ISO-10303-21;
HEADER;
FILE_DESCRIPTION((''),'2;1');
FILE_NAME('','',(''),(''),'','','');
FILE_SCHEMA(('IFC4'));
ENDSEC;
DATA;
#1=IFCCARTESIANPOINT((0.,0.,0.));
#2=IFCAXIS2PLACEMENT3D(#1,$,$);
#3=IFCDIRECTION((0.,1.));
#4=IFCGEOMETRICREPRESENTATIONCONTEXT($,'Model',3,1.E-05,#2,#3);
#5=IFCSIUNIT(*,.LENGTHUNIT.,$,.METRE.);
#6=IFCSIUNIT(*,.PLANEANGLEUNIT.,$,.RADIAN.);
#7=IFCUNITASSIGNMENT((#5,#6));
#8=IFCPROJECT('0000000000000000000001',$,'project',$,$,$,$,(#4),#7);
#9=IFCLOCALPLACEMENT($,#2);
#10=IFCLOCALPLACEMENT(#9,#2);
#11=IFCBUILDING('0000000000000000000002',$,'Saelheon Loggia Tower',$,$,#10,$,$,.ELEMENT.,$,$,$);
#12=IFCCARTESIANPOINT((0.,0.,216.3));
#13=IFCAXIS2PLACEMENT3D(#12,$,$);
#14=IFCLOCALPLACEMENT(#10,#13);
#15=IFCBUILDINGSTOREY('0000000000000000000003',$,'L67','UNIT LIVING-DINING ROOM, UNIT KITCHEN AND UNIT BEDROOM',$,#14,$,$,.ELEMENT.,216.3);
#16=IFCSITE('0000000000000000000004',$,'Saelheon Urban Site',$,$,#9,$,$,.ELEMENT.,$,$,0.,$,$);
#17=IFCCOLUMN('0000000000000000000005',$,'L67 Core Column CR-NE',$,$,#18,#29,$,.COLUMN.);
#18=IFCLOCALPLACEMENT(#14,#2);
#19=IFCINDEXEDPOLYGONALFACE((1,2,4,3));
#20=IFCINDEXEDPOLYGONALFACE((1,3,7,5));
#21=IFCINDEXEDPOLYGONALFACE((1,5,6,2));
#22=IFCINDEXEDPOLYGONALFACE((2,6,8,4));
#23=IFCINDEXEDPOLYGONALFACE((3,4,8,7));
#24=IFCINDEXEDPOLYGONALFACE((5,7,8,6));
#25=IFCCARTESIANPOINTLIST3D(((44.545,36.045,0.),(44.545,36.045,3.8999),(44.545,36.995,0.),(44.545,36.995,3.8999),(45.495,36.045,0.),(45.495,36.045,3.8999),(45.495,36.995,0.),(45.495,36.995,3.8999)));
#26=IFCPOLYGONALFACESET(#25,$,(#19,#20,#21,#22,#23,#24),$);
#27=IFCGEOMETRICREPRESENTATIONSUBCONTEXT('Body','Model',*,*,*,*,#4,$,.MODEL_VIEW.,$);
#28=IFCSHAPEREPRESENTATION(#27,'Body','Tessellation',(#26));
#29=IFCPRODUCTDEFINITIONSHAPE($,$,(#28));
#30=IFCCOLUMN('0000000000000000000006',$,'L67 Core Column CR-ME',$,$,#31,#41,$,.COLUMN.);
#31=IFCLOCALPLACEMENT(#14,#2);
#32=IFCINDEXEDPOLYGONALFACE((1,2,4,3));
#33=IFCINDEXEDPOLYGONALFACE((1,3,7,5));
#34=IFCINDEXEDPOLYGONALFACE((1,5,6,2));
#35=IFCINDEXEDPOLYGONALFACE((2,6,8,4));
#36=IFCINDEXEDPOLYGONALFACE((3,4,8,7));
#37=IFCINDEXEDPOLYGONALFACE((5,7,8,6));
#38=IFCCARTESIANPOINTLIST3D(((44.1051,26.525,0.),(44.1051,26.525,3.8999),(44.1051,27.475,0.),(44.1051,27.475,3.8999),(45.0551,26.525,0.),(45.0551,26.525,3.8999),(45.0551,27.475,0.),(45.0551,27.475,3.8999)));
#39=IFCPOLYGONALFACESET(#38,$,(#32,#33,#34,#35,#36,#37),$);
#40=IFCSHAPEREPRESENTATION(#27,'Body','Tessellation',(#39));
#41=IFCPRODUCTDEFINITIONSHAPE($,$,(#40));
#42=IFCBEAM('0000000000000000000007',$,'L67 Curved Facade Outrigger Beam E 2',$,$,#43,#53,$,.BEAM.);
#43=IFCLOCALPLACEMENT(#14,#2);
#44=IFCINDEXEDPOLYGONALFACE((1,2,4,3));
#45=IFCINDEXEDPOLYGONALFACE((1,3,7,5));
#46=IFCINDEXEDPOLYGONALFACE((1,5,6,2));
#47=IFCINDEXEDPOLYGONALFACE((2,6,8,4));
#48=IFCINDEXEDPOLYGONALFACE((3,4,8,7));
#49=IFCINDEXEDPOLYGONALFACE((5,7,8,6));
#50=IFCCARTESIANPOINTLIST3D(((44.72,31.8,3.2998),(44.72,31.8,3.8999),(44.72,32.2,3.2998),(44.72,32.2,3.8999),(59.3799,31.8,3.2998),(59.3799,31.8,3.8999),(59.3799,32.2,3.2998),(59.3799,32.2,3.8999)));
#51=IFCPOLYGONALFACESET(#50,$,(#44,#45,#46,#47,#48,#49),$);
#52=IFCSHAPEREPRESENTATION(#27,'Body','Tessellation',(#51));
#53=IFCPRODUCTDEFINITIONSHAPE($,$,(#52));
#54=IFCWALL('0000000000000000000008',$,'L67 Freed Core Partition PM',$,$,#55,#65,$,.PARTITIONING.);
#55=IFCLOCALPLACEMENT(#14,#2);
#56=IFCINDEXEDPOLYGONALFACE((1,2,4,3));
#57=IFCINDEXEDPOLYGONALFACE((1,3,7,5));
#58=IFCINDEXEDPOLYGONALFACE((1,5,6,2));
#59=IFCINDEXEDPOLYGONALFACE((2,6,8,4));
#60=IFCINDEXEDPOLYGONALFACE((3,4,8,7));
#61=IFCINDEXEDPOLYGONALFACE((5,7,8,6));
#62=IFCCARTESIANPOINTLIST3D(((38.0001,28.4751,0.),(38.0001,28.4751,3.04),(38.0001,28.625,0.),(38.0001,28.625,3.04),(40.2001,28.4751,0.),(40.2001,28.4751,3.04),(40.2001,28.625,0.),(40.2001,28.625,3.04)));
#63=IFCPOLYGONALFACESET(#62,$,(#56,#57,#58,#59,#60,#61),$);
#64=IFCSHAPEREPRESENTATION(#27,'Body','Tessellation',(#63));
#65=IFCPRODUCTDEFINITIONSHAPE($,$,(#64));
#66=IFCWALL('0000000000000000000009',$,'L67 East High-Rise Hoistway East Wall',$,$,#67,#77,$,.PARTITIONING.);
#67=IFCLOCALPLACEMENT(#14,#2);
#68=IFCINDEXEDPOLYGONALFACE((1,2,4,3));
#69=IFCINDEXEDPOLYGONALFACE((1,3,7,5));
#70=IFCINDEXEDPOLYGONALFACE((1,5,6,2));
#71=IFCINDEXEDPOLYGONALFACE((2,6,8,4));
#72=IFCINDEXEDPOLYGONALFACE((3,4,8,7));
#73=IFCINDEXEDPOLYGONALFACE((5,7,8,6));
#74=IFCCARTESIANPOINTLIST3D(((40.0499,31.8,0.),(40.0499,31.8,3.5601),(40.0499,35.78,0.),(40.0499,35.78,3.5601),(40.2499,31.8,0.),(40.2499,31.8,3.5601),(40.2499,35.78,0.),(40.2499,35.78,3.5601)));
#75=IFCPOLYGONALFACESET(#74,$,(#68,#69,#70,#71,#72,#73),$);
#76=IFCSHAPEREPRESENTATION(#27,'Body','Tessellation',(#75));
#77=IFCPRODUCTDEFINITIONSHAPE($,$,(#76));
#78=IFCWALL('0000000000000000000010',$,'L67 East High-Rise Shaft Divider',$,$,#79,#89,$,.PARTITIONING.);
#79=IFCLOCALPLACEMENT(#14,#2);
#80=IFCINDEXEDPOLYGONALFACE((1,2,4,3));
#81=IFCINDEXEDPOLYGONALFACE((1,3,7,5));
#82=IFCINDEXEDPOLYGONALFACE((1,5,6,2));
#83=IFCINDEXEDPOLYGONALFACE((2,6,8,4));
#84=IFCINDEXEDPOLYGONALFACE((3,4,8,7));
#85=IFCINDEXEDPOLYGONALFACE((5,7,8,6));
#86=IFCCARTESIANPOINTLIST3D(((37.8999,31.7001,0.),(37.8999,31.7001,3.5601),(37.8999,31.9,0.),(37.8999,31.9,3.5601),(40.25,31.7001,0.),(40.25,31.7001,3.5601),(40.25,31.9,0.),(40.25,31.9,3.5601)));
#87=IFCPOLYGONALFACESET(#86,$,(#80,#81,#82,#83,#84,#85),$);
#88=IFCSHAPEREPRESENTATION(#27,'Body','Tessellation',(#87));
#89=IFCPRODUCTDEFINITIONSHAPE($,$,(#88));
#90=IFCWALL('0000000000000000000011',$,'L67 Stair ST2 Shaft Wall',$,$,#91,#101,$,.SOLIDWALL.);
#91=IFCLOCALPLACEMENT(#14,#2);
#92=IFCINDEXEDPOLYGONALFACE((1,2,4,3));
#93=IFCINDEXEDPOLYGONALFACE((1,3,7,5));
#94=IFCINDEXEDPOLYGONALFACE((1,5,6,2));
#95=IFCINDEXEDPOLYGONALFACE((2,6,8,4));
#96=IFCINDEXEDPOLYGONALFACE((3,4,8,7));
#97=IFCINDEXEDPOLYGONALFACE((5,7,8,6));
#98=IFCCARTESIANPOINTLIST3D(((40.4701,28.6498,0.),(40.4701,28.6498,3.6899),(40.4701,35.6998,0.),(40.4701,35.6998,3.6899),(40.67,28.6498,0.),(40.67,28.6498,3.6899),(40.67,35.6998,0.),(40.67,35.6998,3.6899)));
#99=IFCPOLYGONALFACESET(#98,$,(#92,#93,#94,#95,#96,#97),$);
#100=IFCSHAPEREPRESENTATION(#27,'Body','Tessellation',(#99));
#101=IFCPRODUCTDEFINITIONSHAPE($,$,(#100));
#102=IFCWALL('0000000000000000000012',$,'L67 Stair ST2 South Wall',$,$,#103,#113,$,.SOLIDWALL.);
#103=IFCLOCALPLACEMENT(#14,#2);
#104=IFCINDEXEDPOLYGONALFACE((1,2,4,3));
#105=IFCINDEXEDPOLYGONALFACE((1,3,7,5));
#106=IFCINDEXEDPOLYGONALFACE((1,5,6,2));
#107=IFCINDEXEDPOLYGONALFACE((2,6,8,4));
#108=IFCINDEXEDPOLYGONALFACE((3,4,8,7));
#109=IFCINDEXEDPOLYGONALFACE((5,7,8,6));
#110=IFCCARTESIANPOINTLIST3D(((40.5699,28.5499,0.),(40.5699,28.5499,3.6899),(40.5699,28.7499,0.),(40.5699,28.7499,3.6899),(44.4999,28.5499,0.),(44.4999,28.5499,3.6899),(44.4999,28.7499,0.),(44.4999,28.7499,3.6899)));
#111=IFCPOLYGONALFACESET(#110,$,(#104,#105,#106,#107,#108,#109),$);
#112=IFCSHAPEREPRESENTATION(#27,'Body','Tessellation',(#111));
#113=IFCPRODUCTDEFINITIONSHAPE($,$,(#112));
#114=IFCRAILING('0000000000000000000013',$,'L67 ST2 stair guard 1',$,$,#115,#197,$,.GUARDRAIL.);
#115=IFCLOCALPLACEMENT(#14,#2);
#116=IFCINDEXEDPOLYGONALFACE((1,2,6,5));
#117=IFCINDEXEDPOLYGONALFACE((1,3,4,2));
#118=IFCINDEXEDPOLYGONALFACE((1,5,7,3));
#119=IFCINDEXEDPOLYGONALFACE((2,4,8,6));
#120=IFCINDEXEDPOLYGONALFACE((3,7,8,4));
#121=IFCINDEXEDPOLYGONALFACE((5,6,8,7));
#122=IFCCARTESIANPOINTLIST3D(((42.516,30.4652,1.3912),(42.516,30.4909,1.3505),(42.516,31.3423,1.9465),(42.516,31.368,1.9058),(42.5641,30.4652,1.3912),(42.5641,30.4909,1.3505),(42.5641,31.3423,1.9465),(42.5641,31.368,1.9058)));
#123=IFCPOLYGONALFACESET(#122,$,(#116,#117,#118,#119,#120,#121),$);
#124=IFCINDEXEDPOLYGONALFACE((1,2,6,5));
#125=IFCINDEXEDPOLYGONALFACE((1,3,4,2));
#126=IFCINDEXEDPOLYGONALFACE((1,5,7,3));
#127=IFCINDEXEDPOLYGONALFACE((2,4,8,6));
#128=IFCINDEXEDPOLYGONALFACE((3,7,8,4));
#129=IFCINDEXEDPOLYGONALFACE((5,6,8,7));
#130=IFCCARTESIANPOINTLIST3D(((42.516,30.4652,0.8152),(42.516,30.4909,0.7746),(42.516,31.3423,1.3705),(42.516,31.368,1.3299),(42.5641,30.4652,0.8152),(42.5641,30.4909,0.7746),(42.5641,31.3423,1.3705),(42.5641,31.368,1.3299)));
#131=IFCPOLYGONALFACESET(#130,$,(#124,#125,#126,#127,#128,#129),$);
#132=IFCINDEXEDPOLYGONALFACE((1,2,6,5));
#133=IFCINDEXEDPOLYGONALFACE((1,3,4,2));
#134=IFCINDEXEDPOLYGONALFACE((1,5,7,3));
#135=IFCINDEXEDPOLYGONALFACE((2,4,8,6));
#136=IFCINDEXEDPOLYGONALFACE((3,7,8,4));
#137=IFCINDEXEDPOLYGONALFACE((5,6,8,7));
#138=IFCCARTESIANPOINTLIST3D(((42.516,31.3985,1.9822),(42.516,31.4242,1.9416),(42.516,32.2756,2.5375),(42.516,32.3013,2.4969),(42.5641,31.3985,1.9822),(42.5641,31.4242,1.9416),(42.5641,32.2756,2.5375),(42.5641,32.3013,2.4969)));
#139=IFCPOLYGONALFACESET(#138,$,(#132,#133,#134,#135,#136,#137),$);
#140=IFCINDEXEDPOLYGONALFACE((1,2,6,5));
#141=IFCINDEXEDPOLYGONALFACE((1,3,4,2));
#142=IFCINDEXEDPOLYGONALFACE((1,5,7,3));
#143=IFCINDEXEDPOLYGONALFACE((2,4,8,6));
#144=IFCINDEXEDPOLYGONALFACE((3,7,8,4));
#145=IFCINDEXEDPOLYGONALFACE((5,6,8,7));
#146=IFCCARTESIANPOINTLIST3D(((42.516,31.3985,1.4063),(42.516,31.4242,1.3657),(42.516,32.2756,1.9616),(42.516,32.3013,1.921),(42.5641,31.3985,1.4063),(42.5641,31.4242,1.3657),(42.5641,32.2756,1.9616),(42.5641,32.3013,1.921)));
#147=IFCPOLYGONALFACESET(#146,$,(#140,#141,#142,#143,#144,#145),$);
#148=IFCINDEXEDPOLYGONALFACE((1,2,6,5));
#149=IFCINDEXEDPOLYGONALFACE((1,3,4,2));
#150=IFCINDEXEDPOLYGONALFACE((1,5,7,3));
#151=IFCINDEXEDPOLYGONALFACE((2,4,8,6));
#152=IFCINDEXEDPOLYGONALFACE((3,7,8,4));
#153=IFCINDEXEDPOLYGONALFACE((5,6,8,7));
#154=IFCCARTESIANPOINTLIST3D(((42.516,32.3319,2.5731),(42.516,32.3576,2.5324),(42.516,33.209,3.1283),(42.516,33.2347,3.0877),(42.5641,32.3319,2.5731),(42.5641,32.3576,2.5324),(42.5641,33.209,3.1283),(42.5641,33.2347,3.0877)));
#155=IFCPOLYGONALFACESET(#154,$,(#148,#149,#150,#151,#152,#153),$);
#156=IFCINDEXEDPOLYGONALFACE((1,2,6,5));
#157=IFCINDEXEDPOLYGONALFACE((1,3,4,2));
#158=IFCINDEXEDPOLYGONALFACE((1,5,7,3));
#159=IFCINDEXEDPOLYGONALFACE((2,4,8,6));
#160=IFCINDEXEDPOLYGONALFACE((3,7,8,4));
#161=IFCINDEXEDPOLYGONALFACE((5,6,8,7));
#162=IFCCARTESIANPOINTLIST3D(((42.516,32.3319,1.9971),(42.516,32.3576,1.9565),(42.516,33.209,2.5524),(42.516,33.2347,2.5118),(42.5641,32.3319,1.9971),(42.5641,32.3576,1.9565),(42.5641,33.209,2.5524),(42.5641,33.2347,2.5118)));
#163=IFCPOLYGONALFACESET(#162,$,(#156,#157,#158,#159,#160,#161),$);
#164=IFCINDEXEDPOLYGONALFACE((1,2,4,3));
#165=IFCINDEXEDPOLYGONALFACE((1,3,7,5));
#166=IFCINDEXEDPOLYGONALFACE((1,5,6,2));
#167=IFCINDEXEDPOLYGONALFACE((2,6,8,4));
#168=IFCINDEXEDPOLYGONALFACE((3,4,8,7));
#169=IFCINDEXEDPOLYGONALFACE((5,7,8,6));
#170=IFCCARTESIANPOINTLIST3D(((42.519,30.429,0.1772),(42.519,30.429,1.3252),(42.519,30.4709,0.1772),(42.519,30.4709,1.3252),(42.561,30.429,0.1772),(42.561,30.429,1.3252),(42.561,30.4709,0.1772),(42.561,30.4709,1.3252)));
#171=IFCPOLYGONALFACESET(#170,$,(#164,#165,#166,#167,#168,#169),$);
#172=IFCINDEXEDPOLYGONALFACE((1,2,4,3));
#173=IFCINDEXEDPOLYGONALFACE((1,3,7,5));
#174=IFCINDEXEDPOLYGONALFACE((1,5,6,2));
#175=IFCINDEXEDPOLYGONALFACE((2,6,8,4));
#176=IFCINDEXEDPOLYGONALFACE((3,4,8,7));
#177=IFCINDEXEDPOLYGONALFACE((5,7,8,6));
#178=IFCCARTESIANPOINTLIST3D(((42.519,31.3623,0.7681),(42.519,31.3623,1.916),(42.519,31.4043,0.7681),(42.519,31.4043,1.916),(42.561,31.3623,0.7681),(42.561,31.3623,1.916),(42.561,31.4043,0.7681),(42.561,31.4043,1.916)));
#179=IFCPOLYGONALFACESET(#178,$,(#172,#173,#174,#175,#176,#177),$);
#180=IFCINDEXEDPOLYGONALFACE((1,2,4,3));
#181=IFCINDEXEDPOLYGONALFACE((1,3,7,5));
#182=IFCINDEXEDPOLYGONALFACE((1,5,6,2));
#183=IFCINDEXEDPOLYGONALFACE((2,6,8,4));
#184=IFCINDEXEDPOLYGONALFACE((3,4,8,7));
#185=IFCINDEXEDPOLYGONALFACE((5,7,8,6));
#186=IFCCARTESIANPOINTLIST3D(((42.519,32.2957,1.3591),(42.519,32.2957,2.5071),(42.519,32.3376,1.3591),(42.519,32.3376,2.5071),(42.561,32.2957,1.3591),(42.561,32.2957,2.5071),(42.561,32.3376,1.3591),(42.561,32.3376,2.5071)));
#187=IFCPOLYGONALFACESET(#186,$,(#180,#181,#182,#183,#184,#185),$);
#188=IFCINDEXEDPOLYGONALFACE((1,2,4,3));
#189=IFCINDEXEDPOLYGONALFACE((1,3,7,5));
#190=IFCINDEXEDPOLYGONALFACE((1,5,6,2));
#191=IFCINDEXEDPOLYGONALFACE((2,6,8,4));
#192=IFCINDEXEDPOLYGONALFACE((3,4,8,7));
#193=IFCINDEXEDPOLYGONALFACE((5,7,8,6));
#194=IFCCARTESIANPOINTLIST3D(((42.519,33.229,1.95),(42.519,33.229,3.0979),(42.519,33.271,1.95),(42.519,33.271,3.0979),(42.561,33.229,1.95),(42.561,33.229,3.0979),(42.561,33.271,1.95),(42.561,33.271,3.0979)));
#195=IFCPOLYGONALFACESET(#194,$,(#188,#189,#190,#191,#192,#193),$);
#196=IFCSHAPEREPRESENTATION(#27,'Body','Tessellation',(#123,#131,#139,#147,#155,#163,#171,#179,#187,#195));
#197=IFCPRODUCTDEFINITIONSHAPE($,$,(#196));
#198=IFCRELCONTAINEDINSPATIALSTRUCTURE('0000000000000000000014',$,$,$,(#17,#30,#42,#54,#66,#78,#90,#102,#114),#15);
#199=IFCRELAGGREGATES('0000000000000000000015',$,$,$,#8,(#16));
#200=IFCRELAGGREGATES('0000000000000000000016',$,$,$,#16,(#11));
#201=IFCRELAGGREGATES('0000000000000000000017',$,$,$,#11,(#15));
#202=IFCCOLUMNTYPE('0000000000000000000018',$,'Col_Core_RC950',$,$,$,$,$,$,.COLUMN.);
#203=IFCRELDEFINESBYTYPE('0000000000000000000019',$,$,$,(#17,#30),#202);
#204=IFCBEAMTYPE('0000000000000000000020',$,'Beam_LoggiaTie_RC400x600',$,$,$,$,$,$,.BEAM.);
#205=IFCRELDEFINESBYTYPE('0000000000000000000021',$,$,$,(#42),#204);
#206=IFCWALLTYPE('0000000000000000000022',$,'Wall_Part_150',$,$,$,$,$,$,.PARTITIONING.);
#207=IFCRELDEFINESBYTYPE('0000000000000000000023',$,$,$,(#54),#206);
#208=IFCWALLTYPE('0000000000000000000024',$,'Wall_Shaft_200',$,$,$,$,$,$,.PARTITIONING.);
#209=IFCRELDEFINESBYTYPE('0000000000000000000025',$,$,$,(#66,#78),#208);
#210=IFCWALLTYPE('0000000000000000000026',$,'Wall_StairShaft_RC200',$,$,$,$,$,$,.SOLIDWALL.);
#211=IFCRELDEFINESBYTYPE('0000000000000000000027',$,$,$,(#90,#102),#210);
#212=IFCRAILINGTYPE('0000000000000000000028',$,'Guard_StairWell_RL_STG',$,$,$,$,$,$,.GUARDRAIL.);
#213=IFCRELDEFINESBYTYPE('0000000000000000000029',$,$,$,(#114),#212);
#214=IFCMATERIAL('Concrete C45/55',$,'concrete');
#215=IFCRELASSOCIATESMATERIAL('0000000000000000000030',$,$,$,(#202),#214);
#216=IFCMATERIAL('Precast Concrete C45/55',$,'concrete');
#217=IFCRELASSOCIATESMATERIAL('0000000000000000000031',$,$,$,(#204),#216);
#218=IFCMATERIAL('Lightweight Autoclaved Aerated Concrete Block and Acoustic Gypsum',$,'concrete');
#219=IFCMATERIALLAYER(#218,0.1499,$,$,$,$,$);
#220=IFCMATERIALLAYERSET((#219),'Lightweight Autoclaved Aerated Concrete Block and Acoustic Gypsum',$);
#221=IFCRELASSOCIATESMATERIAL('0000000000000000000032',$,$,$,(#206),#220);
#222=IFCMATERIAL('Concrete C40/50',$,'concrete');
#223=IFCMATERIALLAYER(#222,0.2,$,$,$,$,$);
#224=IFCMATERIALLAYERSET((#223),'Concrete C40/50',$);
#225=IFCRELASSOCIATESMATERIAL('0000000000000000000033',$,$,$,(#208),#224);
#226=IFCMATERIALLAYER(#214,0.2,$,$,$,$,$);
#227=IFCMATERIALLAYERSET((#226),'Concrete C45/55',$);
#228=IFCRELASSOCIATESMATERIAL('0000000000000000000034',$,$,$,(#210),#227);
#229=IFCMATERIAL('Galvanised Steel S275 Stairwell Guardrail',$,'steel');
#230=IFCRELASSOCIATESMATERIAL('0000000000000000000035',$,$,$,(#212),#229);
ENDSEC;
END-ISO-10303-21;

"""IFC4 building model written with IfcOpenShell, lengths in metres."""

from ifc_helpers import new_model, si_unit, direction, frame, frame_2d, origin, origin_2d, place, context, subcontext, project, spatial, rectangle, extrude, source, transform, mapped, material, layer, layer_set, material_profile, profile_set, type_object, element, save


model = new_model("IFC4")

# Units and contexts
model_context = context("Model", 3, precision=1e-05, world=origin(), true_north=direction((0.0, 1.0)))
body_context = subcontext(model_context, "Body", "Model", "MODEL_VIEW")
ifc_project = project(units=[si_unit("LENGTHUNIT", "METRE"), si_unit("PLANEANGLEUNIT", "RADIAN")], contexts=[model_context])

# Site, building, storey
site_placement = place(None, origin())
site = spatial("IfcSite", under=ifc_project, at=site_placement, Name="Saelheon Urban Site", CompositionType="ELEMENT", RefElevation=0.0)
building_placement = place(site_placement, origin())
building = spatial("IfcBuilding", under=site, at=building_placement, Name="Saelheon Loggia Tower", CompositionType="ELEMENT")
storey_placement = place(building_placement, frame((0.0, 0.0, 216.3)))
storey = spatial("IfcBuildingStorey", under=building, at=storey_placement, Name="L67", Description="UNIT LIVING-DINING ROOM, UNIT KITCHEN AND UNIT BEDROOM", CompositionType="ELEMENT", Elevation=216.3)

# Columns
ifc_material_1 = material(Name="Concrete C45/55", Category="concrete")
ifc_material_profile_1 = material_profile(ifc_material_1, rectangle(XDim=0.95, YDim=0.95, at=origin_2d()), Name="RC-950x950")
ifc_profile_set_1 = profile_set([ifc_material_profile_1], Name="Concrete C45/55")
column_type = type_object("IfcColumnType", Name="Col_Core_RC950", PredefinedType="COLUMN", material=ifc_profile_set_1)
shared_shape_1 = source(origin(), body_context, "Body", "SweptSolid", [
    extrude(rectangle(XDim=0.95, YDim=0.95, at=origin_2d()), origin(), (0.0, 0.0, 1.0), 3.8999),
])
for number, where, z_axis, x_axis, name in (
    (1, (45.02, 36.52, 0.0), (0.0, 0.0, 1.0), (1.0, 0.0, 0.0), "L67 Core Column CR-NE"),
    (2, (44.5801, 27.0, 0.0), (0.0, 0.0, 1.0), (1.0, 0.0, 0.0), "L67 Core Column CR-ME"),
):
    element("IfcColumn", number, at=place(storey_placement, frame(where, z_axis=z_axis, x_axis=x_axis)), inside=storey, type_object=column_type, Name=name, PredefinedType="COLUMN", context=body_context, shape_type="MappedRepresentation", body=[
        mapped(shared_shape_1, transform((0.0, 0.0, 0.0), scale=1.0)),
    ])

# Beam
ifc_material_2 = material(Name="Precast Concrete C45/55", Category="concrete")
ifc_material_profile_2 = material_profile(ifc_material_2, rectangle(XDim=0.3999, YDim=0.6001, at=origin_2d()), Name="RC-400x600")
ifc_profile_set_2 = profile_set([ifc_material_profile_2], Name="Precast Concrete C45/55")
beam_type = type_object("IfcBeamType", Name="Beam_LoggiaTie_RC400x600", PredefinedType="BEAM", material=ifc_profile_set_2)
shared_shape_2 = source(origin(), body_context, "Body", "SweptSolid", [
    extrude(rectangle(XDim=0.3999, YDim=0.6001, at=origin_2d()), origin(), (0.0, 0.0, 1.0), 14.6599),
])
beam_placement = place(storey_placement, frame((44.72, 32.0, 3.5999), z_axis=(1.0, 0.0, 0.0), x_axis=(0.0, 1.0, 0.0)))
element("IfcBeam", 3, at=beam_placement, inside=storey, type_object=beam_type, Name="L67 Curved Facade Outrigger Beam E 2", PredefinedType="BEAM", context=body_context, shape_type="MappedRepresentation", body=[
    mapped(shared_shape_2, transform((0.0, 0.0, 0.0), scale=1.0)),
])

# Walls
ifc_material_3 = material(Name="Lightweight Autoclaved Aerated Concrete Block and Acoustic Gypsum", Category="concrete")
ifc_layer_1 = layer(ifc_material_3, 0.1499)
ifc_layer_set_1 = layer_set([ifc_layer_1], Name="Lightweight Autoclaved Aerated Concrete Block and Acoustic Gypsum")
wall_type_1 = type_object("IfcWallType", Name="Wall_Part_150", PredefinedType="PARTITIONING", material=ifc_layer_set_1)
wall_1_placement = place(storey_placement, frame((38.0, 28.55, 0.0), z_axis=(0.0, 0.0, 1.0), x_axis=(1.0, 0.0, 0.0)))
element("IfcWall", 4, at=wall_1_placement, inside=storey, type_object=wall_type_1, Name="L67 Freed Core Partition PM", PredefinedType="PARTITIONING", context=body_context, shape_type="SweptSolid", body=[
    extrude(rectangle(XDim=2.2, YDim=0.1499, at=frame_2d((1.1001, 0.0))), origin(), (0.0, 0.0, 1.0), 3.04),
])
ifc_material_4 = material(Name="Concrete C40/50", Category="concrete")
ifc_layer_2 = layer(ifc_material_4, 0.2)
ifc_layer_set_2 = layer_set([ifc_layer_2], Name="Concrete C40/50")
wall_type_2 = type_object("IfcWallType", Name="Wall_Shaft_200", PredefinedType="PARTITIONING", material=ifc_layer_set_2)
wall_2_placement = place(storey_placement, frame((40.1499, 31.8, 0.0), z_axis=(0.0, 0.0, 1.0), x_axis=(0.0, 1.0, 0.0)))
element("IfcWall", 5, at=wall_2_placement, inside=storey, type_object=wall_type_2, Name="L67 East High-Rise Hoistway East Wall", PredefinedType="PARTITIONING", context=body_context, shape_type="SweptSolid", body=[
    extrude(rectangle(XDim=3.98, YDim=0.2, at=frame_2d((1.99, 0.0))), origin(), (0.0, 0.0, 1.0), 3.5601),
])
wall_3_placement = place(storey_placement, frame((37.8999, 31.8, 0.0), z_axis=(0.0, 0.0, 1.0), x_axis=(1.0, 0.0, 0.0)))
element("IfcWall", 6, at=wall_3_placement, inside=storey, type_object=wall_type_2, Name="L67 East High-Rise Shaft Divider", PredefinedType="PARTITIONING", context=body_context, shape_type="SweptSolid", body=[
    extrude(rectangle(XDim=2.3501, YDim=0.2, at=frame_2d((1.175, 0.0))), origin(), (0.0, 0.0, 1.0), 3.5601),
])
ifc_layer_3 = layer(ifc_material_1, 0.2)
ifc_layer_set_3 = layer_set([ifc_layer_3], Name="Concrete C45/55")
wall_type_3 = type_object("IfcWallType", Name="Wall_StairShaft_RC200", PredefinedType="SOLIDWALL", material=ifc_layer_set_3)
wall_4_placement = place(storey_placement, frame((40.5701, 28.6499, 0.0), z_axis=(0.0, 0.0, 1.0), x_axis=(0.0, 1.0, 0.0)))
element("IfcWall", 7, at=wall_4_placement, inside=storey, type_object=wall_type_3, Name="L67 Stair ST2 Shaft Wall", PredefinedType="SOLIDWALL", context=body_context, shape_type="SweptSolid", body=[
    extrude(rectangle(XDim=7.05, YDim=0.2, at=frame_2d((3.5249, 0.0))), origin(), (0.0, 0.0, 1.0), 3.6899),
])
wall_5_placement = place(storey_placement, frame((40.5701, 28.6499, 0.0), z_axis=(0.0, 0.0, 1.0), x_axis=(1.0, 0.0, 0.0)))
element("IfcWall", 8, at=wall_5_placement, inside=storey, type_object=wall_type_3, Name="L67 Stair ST2 South Wall", PredefinedType="SOLIDWALL", context=body_context, shape_type="SweptSolid", body=[
    extrude(rectangle(XDim=3.9299, YDim=0.2, at=frame_2d((1.9648, 0.0))), origin(), (0.0, 0.0, 1.0), 3.6899),
])

# Railing
ifc_material_5 = material(Name="Galvanised Steel S275 Stairwell Guardrail", Category="steel")
railing_type_1 = type_object("IfcRailingType", Name="Guard_StairWell_RL_STG", PredefinedType="GUARDRAIL", material=ifc_material_5)
railing_1_placement = place(storey_placement, frame((42.54, 30.45, 0.1772)))
element("IfcRailing", 9, at=railing_1_placement, inside=storey, type_object=railing_type_1, Name="L67 ST2 stair guard 1", PredefinedType="GUARDRAIL", context=body_context, shape_type="SweptSolid", body=[
    extrude(rectangle(XDim=0.0481, YDim=0.0481, at=origin_2d()), frame((0.0, 0.0281, 1.1936), z_axis=(0.0, 0.844909, 0.53491), x_axis=(-1.0, 0.0, 0.0)), (0.0, 0.0, 1.0), 1.0381),
    extrude(rectangle(XDim=0.0481, YDim=0.0481, at=origin_2d()), frame((0.0, 0.0281, 0.6177), z_axis=(0.0, 0.844909, 0.53491), x_axis=(-1.0, 0.0, 0.0)), (0.0, 0.0, 1.0), 1.0381),
    extrude(rectangle(XDim=0.0481, YDim=0.0481, at=origin_2d()), frame((0.0, 0.9614, 1.7847), z_axis=(0.0, 0.844909, 0.53491), x_axis=(-1.0, 0.0, 0.0)), (0.0, 0.0, 1.0), 1.0381),
    extrude(rectangle(XDim=0.0481, YDim=0.0481, at=origin_2d()), frame((0.0, 0.9614, 1.2087), z_axis=(0.0, 0.844909, 0.53491), x_axis=(-1.0, 0.0, 0.0)), (0.0, 0.0, 1.0), 1.0381),
    extrude(rectangle(XDim=0.0481, YDim=0.0481, at=origin_2d()), frame((0.0, 1.8948, 2.3755), z_axis=(0.0, 0.844909, 0.53491), x_axis=(-1.0, 0.0, 0.0)), (0.0, 0.0, 1.0), 1.0381),
    extrude(rectangle(XDim=0.0481, YDim=0.0481, at=origin_2d()), frame((0.0, 1.8948, 1.7996), z_axis=(0.0, 0.844909, 0.53491), x_axis=(-1.0, 0.0, 0.0)), (0.0, 0.0, 1.0), 1.0381),
    extrude(rectangle(XDim=0.042, YDim=0.042, at=origin_2d()), origin(), (0.0, 0.0, 1.0), 1.1479),
    extrude(rectangle(XDim=0.042, YDim=0.042, at=origin_2d()), frame((0.0, 0.9333, 0.5908)), (0.0, 0.0, 1.0), 1.1479),
    extrude(rectangle(XDim=0.042, YDim=0.042, at=origin_2d()), frame((0.0, 1.8667, 1.1819)), (0.0, 0.0, 1.0), 1.1479),
    extrude(rectangle(XDim=0.042, YDim=0.042, at=origin_2d()), frame((0.0, 2.8, 1.7727)), (0.0, 0.0, 1.0), 1.1479),
])

save(model, "model.ifc")
